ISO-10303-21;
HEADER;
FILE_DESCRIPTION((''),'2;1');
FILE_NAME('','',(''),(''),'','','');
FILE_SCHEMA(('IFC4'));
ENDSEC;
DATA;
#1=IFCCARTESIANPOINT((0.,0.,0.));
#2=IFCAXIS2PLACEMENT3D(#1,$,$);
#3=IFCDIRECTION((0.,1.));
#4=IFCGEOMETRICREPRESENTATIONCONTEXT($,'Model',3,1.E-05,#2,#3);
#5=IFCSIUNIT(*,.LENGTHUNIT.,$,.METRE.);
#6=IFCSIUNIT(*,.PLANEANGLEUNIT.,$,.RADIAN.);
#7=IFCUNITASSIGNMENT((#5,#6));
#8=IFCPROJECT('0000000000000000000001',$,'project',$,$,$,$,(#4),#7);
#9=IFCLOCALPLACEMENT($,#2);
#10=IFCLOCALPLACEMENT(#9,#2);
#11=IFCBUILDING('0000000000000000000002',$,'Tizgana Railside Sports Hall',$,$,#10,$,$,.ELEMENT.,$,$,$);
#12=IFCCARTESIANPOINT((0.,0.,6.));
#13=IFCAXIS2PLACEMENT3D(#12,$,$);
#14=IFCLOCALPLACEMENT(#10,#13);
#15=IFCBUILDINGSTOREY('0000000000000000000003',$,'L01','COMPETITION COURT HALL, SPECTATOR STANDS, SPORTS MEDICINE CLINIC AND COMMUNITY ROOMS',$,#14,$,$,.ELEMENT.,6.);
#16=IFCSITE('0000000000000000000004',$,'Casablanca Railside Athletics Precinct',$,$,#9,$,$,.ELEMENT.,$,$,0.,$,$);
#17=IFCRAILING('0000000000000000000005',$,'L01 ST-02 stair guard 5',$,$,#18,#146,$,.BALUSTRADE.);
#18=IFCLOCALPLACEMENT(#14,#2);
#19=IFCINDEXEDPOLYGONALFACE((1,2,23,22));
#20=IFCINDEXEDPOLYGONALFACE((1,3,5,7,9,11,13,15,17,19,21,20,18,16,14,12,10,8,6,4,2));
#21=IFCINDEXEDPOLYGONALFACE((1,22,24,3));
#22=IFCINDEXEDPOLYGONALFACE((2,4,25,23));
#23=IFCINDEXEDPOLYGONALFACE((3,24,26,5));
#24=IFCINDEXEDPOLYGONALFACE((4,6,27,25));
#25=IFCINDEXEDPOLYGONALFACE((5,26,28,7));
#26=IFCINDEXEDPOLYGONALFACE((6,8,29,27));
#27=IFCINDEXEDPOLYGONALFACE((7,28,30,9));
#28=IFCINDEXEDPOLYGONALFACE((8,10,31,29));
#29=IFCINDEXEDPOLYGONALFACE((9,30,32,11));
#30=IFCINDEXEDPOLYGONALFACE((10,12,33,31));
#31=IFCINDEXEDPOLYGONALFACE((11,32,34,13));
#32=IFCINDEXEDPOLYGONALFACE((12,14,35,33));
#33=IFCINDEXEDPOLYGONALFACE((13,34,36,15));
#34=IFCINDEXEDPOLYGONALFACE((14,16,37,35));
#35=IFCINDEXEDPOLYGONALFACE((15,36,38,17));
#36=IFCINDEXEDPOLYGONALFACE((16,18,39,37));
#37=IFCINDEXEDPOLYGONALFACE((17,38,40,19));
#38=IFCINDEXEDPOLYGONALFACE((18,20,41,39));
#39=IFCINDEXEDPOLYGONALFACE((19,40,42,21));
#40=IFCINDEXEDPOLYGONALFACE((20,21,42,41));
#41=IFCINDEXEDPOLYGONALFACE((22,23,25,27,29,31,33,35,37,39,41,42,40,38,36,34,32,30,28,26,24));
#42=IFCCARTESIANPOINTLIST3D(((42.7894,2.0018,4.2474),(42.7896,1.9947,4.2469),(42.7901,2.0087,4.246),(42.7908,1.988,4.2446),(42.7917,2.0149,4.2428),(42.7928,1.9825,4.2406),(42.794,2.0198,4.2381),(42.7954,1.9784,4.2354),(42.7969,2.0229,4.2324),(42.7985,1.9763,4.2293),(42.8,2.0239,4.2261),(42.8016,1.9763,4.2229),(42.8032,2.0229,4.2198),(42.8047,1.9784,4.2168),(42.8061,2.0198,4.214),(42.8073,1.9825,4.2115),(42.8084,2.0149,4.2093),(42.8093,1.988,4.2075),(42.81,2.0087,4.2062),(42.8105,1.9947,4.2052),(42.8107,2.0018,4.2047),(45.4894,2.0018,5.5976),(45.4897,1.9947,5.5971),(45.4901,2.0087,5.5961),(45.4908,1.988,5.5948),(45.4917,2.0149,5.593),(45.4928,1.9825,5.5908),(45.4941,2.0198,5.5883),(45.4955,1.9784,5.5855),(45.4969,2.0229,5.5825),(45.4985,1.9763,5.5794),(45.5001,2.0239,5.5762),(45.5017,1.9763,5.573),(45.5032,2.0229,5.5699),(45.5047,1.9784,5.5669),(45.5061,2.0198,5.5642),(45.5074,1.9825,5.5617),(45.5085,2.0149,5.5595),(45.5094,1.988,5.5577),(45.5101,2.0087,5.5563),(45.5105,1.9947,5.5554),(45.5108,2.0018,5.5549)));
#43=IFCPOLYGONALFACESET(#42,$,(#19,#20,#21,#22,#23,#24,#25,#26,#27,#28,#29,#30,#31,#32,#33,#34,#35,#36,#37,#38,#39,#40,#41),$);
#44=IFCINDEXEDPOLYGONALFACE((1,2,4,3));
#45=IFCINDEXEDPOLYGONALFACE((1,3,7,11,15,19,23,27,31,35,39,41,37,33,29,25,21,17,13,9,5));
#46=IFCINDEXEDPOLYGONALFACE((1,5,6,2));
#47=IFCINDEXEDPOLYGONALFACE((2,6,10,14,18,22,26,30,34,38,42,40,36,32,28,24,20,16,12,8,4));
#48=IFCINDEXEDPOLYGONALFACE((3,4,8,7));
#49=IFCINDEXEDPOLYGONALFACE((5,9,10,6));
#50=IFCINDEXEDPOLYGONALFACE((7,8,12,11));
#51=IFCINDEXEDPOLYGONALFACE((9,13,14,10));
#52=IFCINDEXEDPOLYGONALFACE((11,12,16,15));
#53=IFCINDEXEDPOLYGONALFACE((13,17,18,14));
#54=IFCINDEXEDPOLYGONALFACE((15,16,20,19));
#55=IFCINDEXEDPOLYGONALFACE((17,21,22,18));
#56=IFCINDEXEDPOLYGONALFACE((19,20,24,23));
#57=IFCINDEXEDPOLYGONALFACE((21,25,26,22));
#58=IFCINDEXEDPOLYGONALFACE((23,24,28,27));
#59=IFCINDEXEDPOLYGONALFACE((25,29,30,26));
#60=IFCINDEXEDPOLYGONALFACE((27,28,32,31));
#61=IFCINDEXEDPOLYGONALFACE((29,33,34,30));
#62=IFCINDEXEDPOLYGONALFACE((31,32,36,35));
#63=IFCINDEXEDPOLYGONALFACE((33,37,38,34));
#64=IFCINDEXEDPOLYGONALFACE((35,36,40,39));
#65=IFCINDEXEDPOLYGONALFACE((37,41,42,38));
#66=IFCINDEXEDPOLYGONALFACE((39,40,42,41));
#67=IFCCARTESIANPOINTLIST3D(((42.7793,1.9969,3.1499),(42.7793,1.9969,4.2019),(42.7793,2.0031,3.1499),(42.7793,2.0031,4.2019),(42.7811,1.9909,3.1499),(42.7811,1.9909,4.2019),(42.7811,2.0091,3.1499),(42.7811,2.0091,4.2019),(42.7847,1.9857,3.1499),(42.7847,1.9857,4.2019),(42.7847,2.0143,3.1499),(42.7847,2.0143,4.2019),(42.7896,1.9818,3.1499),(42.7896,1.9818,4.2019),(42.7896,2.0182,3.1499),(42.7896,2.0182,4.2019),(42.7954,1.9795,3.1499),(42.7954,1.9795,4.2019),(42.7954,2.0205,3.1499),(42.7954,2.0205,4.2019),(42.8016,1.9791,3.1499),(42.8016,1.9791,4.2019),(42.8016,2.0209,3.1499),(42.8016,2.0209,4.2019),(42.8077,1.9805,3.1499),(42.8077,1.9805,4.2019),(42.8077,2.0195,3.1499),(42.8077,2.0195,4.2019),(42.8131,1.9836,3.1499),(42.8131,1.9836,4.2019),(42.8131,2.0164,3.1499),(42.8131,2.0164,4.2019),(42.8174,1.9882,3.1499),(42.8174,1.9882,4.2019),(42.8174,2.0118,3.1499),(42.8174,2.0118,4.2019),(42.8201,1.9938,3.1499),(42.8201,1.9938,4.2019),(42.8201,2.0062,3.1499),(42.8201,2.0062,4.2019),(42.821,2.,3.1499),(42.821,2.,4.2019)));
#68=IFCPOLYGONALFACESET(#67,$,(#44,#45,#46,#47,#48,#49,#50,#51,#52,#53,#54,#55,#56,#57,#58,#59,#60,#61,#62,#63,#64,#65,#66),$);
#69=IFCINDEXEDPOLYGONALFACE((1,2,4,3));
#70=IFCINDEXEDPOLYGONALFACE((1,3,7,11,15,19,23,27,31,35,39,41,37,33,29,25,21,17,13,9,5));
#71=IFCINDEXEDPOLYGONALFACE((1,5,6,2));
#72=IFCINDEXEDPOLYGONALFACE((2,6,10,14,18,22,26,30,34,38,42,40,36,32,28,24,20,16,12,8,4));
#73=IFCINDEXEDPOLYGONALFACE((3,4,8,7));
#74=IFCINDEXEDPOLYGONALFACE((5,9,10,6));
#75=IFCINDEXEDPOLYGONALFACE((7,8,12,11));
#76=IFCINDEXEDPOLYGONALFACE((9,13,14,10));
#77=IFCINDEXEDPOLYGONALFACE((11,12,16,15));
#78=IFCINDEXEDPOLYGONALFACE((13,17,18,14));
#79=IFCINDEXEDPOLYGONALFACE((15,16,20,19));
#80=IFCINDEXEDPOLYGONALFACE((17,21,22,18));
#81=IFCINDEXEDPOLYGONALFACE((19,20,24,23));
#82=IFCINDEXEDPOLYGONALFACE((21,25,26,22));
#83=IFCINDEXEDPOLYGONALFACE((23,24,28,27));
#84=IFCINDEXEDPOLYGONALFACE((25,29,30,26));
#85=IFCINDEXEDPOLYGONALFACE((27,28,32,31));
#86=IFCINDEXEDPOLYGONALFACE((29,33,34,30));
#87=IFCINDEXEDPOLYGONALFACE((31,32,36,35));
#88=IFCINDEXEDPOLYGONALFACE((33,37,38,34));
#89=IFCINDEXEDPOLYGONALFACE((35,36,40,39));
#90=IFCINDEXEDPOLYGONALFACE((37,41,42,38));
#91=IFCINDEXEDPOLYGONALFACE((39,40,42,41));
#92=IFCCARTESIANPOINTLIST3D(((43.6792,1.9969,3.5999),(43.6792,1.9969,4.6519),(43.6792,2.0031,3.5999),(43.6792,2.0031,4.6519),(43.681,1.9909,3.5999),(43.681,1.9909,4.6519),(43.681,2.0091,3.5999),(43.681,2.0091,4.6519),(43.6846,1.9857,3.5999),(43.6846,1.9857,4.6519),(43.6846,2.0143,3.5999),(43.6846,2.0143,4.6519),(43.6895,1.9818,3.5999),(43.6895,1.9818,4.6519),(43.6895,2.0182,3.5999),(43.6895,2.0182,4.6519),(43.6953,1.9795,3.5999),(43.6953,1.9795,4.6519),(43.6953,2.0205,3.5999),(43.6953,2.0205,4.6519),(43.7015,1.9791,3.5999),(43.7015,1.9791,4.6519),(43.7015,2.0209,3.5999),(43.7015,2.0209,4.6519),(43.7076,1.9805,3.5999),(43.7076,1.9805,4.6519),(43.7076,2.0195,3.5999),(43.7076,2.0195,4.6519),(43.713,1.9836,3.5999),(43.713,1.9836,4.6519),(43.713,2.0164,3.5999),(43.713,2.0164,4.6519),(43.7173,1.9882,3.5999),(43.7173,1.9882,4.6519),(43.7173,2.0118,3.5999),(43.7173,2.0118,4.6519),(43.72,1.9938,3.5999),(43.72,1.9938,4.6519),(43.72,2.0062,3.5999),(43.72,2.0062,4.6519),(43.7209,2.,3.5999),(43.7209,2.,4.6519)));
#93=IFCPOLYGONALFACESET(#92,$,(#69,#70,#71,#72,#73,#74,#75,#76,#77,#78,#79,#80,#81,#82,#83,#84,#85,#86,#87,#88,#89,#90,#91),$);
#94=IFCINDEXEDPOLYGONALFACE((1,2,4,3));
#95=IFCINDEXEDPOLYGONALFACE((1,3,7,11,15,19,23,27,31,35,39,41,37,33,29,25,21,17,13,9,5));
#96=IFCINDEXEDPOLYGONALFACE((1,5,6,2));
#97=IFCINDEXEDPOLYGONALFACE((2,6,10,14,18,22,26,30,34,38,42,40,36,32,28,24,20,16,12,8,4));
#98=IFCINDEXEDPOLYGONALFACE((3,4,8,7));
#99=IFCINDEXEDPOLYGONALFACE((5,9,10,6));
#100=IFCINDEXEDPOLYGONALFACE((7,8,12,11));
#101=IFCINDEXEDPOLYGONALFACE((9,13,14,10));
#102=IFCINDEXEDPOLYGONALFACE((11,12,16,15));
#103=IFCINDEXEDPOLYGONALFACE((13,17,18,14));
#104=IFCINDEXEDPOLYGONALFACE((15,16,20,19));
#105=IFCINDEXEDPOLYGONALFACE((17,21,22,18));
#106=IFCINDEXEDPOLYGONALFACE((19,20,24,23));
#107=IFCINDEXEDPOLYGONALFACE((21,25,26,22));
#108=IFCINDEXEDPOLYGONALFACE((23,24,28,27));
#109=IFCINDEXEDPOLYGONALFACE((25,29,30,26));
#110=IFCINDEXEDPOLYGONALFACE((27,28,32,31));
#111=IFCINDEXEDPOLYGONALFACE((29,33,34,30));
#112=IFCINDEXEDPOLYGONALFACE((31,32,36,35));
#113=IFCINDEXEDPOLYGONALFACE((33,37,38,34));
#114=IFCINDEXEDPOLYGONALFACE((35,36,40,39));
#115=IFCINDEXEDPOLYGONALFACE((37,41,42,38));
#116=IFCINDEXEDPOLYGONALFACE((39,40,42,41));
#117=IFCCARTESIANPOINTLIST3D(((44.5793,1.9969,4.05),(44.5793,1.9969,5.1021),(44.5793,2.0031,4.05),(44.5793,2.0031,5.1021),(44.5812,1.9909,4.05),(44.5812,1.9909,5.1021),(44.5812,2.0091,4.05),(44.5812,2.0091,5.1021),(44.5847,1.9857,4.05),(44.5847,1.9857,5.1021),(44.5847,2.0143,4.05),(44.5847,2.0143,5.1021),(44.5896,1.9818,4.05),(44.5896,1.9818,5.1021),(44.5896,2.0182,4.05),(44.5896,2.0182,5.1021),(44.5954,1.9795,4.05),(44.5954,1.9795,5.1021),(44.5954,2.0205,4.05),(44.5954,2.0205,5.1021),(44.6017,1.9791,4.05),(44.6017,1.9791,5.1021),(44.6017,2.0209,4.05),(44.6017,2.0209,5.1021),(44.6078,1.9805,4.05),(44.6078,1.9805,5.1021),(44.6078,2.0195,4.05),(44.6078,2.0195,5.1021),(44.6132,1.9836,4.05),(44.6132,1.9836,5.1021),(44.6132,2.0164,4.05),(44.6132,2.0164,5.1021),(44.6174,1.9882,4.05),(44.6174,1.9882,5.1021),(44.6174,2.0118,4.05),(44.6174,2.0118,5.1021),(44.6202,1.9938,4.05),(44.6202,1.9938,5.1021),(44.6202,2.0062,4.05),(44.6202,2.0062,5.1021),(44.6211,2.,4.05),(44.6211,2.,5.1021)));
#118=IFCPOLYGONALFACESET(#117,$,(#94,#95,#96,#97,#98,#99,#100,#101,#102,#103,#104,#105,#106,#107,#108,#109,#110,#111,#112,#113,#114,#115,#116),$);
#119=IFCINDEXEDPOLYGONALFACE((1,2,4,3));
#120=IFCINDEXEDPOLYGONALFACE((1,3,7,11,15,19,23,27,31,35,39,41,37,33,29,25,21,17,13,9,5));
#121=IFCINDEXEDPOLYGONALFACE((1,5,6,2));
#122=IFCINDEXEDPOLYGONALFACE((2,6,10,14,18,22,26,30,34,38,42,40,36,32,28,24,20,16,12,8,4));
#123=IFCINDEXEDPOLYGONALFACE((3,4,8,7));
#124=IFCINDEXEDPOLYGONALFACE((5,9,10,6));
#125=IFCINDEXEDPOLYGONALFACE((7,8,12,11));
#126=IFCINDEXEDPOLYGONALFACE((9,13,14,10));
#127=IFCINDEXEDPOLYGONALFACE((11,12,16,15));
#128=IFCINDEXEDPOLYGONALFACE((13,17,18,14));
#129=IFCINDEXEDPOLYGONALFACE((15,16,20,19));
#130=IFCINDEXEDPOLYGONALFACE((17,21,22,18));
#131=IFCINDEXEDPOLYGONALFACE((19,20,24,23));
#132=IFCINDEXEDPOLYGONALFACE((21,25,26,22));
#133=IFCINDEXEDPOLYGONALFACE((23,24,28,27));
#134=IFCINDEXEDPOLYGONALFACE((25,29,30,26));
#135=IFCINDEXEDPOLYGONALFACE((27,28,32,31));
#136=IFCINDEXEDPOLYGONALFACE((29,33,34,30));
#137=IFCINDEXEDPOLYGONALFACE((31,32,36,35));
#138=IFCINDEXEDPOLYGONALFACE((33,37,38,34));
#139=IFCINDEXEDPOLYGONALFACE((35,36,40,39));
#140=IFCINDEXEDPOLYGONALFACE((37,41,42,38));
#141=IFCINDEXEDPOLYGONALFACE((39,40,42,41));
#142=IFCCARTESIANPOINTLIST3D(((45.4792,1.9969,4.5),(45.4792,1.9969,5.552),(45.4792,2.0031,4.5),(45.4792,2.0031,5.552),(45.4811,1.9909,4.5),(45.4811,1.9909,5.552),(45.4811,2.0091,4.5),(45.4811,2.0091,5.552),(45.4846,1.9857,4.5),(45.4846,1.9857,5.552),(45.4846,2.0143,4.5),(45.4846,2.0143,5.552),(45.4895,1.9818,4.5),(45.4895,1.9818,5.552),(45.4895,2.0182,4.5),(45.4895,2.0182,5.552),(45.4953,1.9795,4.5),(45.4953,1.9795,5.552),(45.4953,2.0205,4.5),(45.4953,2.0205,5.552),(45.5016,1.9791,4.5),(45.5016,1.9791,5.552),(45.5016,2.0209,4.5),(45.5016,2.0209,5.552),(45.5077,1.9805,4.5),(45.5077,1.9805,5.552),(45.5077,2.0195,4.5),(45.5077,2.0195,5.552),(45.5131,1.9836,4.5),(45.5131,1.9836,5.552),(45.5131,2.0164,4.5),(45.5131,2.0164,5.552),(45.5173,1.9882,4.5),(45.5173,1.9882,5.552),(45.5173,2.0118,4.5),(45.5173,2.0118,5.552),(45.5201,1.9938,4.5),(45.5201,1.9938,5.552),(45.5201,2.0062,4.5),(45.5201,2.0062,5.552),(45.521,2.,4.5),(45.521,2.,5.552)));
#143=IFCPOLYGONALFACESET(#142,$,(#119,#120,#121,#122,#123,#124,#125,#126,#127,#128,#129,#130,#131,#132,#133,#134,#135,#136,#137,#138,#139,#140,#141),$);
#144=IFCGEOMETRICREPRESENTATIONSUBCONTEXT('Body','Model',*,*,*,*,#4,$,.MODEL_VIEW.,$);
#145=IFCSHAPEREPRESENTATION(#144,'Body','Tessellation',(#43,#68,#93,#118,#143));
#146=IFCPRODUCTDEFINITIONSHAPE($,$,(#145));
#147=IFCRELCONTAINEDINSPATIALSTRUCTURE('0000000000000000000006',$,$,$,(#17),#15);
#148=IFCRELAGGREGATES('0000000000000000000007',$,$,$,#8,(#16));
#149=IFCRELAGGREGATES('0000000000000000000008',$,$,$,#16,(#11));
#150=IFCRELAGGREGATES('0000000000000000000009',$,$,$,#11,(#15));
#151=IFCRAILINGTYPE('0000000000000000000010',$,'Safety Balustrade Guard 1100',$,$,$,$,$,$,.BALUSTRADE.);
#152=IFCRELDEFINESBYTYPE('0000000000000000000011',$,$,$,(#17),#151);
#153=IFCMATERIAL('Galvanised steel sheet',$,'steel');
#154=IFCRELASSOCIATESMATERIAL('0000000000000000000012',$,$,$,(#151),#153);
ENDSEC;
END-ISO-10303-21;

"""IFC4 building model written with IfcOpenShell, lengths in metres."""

from ifc_helpers import new_model, si_unit, direction, frame, origin, origin_2d, place, context, subcontext, project, spatial, circle, extrude, material, type_object, element, save


model = new_model("IFC4")

# Units and contexts
model_context = context("Model", 3, precision=1e-05, world=origin(), true_north=direction((0.0, 1.0)))
body_context = subcontext(model_context, "Body", "Model", "MODEL_VIEW")
ifc_project = project(units=[si_unit("LENGTHUNIT", "METRE"), si_unit("PLANEANGLEUNIT", "RADIAN")], contexts=[model_context])

# Site, building, storey
site_placement = place(None, origin())
site = spatial("IfcSite", under=ifc_project, at=site_placement, Name="Casablanca Railside Athletics Precinct", CompositionType="ELEMENT", RefElevation=0.0)
building_placement = place(site_placement, origin())
building = spatial("IfcBuilding", under=site, at=building_placement, Name="Tizgana Railside Sports Hall", CompositionType="ELEMENT")
storey_placement = place(building_placement, frame((0.0, 0.0, 6.0)))
storey = spatial("IfcBuildingStorey", under=building, at=storey_placement, Name="L01", Description="COMPETITION COURT HALL, SPECTATOR STANDS, SPORTS MEDICINE CLINIC AND COMMUNITY ROOMS", CompositionType="ELEMENT", Elevation=6.0)

# Railing
ifc_material_1 = material(Name="Galvanised steel sheet", Category="steel")
railing_type_1 = type_object("IfcRailingType", Name="Safety Balustrade Guard 1100", PredefinedType="BALUSTRADE", material=ifc_material_1)
railing_1_placement = place(storey_placement, frame((42.8, 2.0, 3.1499)))
element("IfcRailing", 1, at=railing_1_placement, inside=storey, type_object=railing_type_1, Name="L01 ST-02 stair guard 5", PredefinedType="BALUSTRADE", context=body_context, shape_type="SweptSolid", body=[
    extrude(circle(Radius=0.0239, at=origin_2d()), frame((0.0, 0.0, 1.0762), z_axis=(0.894411, 0.0, 0.447246), x_axis=(0.0, 1.0, 0.0)), (0.0, 0.0, 1.0), 3.0188),
    extrude(circle(Radius=0.021, at=origin_2d()), origin(), (0.0, 0.0, 1.0), 1.052),
    extrude(circle(Radius=0.021, at=origin_2d()), frame((0.8999, 0.0, 0.45)), (0.0, 0.0, 1.0), 1.052),
    extrude(circle(Radius=0.021, at=origin_2d()), frame((1.8, 0.0, 0.9001)), (0.0, 0.0, 1.0), 1.052),
    extrude(circle(Radius=0.021, at=origin_2d()), frame((2.7, 0.0, 1.3501)), (0.0, 0.0, 1.0), 1.052),
])

save(model, "model.ifc")
